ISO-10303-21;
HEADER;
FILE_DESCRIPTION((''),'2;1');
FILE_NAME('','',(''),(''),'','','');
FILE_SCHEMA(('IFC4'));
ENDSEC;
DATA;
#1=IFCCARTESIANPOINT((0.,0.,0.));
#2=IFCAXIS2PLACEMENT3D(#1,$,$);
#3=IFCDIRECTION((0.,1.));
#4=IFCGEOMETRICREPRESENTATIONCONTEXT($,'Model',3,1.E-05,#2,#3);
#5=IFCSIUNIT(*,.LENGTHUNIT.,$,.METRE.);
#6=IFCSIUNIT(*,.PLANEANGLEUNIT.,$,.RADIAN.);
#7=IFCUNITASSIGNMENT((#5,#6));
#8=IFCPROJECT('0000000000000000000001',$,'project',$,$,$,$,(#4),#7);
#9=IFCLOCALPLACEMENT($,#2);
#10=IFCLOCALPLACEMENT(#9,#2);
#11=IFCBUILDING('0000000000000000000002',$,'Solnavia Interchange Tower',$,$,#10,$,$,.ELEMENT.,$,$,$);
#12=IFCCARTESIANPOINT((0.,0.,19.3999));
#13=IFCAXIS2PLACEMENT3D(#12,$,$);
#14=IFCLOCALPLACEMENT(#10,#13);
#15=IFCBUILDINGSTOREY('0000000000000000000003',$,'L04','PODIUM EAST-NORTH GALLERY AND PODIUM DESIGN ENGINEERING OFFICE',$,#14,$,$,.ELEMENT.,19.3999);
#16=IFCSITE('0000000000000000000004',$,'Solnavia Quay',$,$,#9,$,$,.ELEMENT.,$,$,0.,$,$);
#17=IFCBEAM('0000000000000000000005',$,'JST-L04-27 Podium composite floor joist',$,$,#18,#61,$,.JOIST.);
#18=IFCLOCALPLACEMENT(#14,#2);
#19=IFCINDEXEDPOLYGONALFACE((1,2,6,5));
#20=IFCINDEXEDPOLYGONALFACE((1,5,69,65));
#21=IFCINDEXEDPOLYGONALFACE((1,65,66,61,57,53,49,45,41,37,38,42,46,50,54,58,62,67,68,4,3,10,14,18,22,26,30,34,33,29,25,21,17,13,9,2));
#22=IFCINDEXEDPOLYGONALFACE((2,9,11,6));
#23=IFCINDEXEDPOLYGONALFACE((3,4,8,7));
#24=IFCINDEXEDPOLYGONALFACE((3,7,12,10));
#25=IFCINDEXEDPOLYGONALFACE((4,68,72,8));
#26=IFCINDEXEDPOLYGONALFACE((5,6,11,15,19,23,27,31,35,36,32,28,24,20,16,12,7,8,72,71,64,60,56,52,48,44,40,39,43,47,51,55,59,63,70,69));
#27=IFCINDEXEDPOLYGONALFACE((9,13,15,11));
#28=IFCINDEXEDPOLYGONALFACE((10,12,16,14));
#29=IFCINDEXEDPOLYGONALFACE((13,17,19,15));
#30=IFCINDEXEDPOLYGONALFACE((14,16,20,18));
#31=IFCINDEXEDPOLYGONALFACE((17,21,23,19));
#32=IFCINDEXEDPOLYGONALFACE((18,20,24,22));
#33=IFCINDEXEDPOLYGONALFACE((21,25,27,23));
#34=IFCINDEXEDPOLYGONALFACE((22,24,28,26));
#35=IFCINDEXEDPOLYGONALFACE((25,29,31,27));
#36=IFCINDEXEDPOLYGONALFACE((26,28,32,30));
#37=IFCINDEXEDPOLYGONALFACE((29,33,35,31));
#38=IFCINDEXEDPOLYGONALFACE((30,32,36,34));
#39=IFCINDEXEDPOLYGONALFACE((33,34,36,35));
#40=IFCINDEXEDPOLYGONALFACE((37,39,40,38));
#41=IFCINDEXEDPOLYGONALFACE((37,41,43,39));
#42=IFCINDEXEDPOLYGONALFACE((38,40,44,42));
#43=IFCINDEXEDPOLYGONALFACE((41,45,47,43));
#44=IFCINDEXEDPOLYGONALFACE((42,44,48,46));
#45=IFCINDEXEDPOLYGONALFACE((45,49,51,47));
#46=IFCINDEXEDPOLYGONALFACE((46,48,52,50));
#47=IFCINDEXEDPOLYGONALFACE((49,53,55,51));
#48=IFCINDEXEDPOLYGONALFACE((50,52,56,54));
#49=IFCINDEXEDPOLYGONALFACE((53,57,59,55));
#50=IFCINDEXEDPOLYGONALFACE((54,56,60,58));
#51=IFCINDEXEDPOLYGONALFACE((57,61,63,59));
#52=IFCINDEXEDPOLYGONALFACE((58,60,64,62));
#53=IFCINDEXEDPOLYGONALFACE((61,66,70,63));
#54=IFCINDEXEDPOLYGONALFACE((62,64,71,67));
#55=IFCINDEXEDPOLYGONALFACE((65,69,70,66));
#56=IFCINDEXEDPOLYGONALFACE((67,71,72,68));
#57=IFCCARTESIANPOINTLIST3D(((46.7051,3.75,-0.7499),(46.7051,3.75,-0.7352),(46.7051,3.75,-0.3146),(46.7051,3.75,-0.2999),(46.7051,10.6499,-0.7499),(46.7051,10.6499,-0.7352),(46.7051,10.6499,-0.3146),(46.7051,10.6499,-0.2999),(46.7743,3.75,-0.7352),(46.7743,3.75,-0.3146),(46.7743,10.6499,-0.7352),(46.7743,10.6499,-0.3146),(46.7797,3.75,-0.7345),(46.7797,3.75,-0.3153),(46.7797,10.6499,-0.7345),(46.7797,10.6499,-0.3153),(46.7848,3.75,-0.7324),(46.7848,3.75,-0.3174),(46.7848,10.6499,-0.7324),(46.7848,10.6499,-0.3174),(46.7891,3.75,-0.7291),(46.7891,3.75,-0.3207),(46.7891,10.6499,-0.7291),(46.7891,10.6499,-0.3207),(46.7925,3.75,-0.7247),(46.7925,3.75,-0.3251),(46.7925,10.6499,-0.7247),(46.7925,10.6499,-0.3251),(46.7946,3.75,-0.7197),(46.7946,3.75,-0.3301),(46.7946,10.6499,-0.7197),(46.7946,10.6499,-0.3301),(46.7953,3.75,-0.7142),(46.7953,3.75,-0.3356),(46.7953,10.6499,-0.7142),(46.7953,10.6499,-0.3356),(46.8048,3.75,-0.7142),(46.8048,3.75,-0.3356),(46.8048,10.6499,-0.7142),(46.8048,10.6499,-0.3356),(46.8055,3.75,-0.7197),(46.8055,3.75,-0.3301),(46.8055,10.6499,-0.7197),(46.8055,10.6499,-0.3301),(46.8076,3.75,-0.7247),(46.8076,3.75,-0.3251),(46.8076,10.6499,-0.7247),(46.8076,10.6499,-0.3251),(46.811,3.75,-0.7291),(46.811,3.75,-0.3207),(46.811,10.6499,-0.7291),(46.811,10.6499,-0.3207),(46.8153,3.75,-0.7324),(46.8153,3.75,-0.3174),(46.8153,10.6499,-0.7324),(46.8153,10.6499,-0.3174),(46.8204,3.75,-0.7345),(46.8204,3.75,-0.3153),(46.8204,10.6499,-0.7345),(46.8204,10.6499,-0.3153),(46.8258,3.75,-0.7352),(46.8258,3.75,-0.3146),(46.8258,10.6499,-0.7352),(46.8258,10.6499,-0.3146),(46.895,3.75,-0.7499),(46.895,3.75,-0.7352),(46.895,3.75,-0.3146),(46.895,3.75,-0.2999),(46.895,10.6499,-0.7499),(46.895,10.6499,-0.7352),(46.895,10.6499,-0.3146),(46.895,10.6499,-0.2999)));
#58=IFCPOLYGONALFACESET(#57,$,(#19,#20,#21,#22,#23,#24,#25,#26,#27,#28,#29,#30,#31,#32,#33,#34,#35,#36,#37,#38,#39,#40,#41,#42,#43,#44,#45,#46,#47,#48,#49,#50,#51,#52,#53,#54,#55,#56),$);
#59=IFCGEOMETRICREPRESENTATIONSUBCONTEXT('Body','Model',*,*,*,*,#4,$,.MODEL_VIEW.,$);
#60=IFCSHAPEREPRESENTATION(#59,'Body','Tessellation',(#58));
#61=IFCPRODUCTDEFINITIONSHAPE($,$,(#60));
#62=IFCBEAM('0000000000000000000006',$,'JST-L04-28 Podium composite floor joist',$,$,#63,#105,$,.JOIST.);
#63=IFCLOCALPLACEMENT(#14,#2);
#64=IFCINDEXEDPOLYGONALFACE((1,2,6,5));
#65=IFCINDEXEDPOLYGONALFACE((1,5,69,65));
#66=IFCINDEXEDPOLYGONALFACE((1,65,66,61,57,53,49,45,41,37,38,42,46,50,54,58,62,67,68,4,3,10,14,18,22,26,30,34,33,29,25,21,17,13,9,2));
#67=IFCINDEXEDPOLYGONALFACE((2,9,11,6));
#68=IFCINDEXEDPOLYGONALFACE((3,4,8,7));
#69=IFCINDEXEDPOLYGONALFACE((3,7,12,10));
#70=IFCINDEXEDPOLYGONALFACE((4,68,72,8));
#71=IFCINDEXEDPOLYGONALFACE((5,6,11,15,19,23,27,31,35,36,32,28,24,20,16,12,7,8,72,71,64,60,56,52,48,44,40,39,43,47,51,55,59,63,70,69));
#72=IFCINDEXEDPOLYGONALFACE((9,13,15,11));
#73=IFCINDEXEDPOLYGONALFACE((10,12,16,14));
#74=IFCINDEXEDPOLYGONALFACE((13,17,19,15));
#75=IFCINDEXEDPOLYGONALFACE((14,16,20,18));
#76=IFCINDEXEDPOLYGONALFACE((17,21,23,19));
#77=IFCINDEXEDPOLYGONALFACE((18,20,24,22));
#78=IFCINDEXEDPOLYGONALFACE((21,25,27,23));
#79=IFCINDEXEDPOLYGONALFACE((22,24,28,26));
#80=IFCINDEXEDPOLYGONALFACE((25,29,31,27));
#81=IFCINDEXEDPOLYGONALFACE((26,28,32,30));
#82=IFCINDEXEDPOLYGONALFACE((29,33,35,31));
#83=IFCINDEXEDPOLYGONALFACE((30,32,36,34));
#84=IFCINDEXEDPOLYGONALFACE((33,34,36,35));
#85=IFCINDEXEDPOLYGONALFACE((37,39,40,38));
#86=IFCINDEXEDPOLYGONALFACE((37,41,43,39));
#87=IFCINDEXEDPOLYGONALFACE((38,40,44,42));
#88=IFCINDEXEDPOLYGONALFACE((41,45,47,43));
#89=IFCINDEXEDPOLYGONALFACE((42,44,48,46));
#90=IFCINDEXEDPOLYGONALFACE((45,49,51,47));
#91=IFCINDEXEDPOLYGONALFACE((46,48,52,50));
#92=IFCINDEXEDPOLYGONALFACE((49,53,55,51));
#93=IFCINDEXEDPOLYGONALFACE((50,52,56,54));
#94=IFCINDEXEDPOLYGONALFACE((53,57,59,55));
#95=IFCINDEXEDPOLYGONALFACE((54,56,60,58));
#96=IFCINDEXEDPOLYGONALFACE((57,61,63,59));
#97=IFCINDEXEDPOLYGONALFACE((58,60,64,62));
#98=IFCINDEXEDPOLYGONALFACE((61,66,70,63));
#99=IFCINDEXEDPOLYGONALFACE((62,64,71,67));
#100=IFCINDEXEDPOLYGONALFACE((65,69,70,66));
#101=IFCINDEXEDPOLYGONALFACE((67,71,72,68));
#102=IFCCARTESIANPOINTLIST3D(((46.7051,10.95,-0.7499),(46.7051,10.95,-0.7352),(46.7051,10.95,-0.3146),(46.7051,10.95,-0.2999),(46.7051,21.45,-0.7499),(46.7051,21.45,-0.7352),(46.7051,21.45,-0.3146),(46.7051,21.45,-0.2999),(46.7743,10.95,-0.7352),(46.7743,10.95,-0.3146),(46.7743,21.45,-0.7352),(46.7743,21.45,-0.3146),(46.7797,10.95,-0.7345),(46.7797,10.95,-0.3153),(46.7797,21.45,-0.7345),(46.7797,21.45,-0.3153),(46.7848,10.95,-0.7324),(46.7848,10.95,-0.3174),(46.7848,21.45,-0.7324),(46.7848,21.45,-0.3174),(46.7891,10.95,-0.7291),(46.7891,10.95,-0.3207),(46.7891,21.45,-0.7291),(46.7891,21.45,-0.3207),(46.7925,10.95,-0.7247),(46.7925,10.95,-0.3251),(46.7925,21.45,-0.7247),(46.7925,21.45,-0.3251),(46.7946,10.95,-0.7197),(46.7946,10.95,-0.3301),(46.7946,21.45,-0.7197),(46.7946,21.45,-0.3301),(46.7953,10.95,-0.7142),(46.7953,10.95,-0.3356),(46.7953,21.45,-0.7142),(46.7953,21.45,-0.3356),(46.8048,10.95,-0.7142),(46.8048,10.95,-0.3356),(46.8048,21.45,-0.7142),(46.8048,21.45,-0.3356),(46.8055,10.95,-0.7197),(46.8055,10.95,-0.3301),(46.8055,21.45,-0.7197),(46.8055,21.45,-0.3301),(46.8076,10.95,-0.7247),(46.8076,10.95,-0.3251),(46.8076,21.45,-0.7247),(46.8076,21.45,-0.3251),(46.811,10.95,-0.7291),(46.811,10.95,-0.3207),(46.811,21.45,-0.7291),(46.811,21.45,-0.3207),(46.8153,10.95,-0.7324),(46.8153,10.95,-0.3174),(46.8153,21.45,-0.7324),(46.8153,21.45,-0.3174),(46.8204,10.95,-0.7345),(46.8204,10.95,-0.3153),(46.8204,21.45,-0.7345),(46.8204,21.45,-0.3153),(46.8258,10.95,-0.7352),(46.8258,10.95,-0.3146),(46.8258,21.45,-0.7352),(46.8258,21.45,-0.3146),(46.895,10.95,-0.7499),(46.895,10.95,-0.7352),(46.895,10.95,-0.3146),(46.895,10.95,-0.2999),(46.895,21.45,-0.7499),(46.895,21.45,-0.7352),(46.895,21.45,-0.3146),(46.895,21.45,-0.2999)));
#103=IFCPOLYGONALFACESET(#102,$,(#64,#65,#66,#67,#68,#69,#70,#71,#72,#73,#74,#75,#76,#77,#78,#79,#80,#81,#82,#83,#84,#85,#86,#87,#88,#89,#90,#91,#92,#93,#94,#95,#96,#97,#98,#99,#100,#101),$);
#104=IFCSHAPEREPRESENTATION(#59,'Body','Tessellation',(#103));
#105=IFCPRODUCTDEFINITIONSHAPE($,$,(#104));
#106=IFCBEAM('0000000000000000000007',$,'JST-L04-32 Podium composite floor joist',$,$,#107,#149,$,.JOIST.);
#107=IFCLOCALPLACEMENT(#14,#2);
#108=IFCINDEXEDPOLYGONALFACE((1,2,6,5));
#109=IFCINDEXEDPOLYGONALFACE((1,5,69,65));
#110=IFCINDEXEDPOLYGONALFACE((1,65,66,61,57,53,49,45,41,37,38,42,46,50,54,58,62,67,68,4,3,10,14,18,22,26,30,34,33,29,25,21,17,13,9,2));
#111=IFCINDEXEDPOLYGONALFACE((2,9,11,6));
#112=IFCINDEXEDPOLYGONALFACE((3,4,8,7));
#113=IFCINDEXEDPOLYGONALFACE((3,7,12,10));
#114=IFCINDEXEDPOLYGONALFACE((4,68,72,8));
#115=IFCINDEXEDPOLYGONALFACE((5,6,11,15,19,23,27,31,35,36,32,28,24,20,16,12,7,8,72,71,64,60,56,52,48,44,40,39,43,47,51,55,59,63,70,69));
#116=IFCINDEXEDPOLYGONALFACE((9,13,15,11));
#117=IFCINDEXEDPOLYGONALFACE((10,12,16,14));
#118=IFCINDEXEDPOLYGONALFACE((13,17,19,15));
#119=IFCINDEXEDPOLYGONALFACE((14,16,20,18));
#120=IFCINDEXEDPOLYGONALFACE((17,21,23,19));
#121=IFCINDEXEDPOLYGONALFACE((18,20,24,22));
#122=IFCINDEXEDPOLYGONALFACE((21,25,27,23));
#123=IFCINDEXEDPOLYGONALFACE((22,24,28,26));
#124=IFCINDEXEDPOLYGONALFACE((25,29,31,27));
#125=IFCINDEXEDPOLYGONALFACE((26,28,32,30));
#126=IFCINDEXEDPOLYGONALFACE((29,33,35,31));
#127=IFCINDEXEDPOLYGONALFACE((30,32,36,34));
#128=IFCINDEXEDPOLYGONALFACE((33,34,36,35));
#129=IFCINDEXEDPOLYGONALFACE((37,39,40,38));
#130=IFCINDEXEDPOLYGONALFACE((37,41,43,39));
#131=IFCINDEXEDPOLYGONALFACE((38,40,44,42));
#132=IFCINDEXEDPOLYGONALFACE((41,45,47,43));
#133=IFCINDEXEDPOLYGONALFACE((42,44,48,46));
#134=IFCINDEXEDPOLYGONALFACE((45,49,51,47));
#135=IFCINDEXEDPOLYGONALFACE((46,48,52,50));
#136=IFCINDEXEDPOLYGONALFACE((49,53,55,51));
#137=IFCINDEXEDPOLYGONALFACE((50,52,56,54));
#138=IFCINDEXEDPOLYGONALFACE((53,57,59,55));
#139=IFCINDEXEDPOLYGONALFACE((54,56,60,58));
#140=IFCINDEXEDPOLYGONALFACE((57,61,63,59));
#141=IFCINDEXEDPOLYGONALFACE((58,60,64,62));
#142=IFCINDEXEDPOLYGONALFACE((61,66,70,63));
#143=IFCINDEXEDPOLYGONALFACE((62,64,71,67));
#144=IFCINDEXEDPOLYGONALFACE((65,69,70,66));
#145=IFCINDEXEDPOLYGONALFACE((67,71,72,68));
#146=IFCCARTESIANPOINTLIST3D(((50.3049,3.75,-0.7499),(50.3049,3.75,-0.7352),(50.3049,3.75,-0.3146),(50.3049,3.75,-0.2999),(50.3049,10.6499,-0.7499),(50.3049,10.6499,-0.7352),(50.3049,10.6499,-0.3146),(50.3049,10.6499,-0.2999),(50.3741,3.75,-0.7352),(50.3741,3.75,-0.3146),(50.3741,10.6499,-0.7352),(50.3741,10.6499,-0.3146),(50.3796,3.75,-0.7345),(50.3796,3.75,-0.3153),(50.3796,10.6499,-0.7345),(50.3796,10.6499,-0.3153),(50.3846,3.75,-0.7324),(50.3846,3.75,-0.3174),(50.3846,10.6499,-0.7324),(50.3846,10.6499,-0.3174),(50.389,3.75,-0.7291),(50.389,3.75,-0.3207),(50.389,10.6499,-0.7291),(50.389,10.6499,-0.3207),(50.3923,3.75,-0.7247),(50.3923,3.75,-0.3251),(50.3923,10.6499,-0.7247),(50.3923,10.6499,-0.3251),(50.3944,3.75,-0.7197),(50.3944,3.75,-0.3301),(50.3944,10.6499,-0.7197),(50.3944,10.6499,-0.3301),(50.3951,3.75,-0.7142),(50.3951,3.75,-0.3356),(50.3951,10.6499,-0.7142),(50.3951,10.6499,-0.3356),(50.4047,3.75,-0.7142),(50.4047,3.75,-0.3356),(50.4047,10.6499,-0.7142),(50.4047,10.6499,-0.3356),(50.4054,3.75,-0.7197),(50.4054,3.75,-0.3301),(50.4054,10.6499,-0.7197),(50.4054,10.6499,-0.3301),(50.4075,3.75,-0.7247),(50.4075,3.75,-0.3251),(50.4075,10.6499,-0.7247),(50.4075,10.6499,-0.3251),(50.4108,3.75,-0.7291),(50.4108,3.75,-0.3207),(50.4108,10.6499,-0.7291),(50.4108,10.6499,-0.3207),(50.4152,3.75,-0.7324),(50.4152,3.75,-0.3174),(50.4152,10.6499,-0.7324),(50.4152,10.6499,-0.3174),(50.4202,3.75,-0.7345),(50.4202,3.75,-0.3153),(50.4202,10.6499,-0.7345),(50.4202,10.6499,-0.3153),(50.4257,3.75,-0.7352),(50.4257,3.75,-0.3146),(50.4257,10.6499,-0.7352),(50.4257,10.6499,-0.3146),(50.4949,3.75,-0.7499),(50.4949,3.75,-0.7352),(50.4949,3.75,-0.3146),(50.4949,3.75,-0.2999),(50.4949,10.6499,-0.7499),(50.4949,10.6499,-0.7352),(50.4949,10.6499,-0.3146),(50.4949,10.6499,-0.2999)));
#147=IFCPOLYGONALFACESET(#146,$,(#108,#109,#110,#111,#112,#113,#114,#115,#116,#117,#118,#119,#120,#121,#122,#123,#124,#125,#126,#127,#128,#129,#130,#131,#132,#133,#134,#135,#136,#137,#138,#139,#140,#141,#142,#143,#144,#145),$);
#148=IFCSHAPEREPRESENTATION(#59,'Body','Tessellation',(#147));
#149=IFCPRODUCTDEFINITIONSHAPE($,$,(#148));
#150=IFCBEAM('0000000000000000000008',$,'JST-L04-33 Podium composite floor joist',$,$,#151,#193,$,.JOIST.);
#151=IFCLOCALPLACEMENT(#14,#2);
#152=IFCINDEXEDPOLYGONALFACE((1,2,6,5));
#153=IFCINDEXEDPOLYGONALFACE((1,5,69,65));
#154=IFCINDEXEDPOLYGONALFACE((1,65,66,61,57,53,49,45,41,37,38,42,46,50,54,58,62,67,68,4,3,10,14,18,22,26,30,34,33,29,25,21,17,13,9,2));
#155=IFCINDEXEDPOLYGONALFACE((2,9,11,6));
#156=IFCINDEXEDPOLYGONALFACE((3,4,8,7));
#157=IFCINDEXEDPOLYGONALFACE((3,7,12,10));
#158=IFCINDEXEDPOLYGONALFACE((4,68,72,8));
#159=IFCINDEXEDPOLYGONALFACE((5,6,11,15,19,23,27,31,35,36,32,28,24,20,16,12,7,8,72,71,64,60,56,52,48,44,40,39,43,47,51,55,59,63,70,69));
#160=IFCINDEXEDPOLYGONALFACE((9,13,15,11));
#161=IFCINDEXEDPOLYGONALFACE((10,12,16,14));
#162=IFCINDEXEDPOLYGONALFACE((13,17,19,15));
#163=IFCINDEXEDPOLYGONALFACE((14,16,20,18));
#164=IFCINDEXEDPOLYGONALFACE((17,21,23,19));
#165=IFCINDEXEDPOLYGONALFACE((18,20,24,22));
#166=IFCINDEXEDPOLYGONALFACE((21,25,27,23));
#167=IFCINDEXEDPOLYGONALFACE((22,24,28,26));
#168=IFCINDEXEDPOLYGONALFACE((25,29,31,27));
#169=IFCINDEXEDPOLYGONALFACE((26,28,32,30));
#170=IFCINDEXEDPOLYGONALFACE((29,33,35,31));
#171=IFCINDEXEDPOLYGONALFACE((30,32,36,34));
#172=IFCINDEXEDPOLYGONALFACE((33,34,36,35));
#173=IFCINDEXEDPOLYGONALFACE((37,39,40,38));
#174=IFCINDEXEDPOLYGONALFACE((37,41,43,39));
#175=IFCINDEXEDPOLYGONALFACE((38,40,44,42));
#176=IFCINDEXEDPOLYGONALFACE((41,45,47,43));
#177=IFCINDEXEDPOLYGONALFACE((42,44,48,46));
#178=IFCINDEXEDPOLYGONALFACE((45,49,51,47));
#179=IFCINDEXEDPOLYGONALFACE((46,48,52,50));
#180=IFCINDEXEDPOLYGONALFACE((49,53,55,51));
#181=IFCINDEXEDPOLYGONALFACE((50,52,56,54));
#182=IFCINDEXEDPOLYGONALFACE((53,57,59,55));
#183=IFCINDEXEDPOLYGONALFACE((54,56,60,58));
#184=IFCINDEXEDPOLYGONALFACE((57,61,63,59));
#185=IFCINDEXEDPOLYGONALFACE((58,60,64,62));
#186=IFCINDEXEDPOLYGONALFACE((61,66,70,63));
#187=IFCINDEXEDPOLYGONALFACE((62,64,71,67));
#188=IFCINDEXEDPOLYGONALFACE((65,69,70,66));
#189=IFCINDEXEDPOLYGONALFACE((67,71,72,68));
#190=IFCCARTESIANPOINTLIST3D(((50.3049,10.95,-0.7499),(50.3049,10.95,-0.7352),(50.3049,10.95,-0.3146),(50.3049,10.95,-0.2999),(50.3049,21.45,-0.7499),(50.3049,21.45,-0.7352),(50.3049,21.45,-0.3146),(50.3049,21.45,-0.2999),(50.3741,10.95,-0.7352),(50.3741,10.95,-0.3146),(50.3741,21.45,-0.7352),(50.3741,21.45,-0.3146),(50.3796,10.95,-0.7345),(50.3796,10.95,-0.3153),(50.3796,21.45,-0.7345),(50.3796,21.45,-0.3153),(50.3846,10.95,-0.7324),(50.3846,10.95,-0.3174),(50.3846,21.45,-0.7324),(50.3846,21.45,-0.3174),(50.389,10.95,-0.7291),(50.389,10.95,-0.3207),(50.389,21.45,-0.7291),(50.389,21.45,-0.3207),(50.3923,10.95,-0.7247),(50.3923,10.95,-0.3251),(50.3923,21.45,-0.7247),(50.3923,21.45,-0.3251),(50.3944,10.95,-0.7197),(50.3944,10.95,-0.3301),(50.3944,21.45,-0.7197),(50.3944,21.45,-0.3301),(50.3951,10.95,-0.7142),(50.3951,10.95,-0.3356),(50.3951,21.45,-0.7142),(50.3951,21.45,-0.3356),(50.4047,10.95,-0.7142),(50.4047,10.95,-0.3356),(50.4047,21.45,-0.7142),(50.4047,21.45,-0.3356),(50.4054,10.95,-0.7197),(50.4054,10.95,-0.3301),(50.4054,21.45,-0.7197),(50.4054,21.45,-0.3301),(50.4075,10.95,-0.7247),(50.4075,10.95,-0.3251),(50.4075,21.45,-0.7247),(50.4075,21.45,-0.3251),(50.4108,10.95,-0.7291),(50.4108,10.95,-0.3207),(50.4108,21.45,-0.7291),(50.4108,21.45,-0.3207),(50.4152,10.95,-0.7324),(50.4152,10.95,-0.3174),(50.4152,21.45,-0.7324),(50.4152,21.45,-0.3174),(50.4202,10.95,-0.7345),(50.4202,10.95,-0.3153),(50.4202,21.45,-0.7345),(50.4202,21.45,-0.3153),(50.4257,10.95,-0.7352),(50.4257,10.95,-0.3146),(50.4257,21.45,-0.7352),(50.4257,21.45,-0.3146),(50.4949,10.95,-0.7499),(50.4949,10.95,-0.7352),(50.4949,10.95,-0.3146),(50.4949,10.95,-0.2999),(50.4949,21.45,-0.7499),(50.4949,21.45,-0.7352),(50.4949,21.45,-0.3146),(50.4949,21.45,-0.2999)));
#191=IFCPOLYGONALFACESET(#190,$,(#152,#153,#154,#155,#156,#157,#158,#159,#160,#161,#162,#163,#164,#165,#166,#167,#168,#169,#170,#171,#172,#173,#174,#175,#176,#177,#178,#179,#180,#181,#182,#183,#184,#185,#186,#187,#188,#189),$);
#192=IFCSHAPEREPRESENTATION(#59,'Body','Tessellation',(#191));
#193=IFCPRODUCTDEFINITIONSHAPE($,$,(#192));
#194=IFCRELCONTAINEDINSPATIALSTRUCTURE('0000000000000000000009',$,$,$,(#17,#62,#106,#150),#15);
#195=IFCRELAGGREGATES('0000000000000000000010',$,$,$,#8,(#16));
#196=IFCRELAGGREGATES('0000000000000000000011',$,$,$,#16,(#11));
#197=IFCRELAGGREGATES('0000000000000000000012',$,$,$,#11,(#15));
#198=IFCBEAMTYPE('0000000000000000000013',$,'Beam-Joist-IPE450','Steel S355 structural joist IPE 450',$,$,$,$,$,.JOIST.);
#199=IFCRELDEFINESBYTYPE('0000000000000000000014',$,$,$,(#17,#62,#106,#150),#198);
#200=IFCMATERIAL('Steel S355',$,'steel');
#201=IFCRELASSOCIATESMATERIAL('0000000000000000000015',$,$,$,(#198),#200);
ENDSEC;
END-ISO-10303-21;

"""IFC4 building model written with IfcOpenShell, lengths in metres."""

from ifc_helpers import new_model, si_unit, direction, frame, origin, origin_2d, place, context, subcontext, project, spatial, i_section, extrude, material, material_profile, profile_set, type_object, element, save


model = new_model("IFC4")

# Units and contexts
model_context = context("Model", 3, precision=1e-05, world=origin(), true_north=direction((0.0, 1.0)))
body_context = subcontext(model_context, "Body", "Model", "MODEL_VIEW")
ifc_project = project(units=[si_unit("LENGTHUNIT", "METRE"), si_unit("PLANEANGLEUNIT", "RADIAN")], contexts=[model_context])

# Site, building, storey
site_placement = place(None, origin())
site = spatial("IfcSite", under=ifc_project, at=site_placement, Name="Solnavia Quay", CompositionType="ELEMENT", RefElevation=0.0)
building_placement = place(site_placement, origin())
building = spatial("IfcBuilding", under=site, at=building_placement, Name="Solnavia Interchange Tower", CompositionType="ELEMENT")
storey_placement = place(building_placement, frame((0.0, 0.0, 19.3999)))
storey = spatial("IfcBuildingStorey", under=building, at=storey_placement, Name="L04", Description="PODIUM EAST-NORTH GALLERY AND PODIUM DESIGN ENGINEERING OFFICE", CompositionType="ELEMENT", Elevation=19.3999)

# Beams
ifc_material_1 = material(Name="Steel S355", Category="steel")
ifc_material_profile_1 = material_profile(ifc_material_1, i_section(OverallWidth=0.1899, OverallDepth=0.45, WebThickness=0.0095, FlangeThickness=0.0146, FilletRadius=0.021, at=origin_2d()), Name="IPE 450")
ifc_profile_set_1 = profile_set([ifc_material_profile_1], Name="Steel S355")
beam_type_1 = type_object("IfcBeamType", Name="Beam-Joist-IPE450", Description="Steel S355 structural joist IPE 450", PredefinedType="JOIST", material=ifc_profile_set_1)
for number, where, z_axis, x_axis, name in (
    (1, (46.8, 3.75, -0.5249), (0.0, 1.0, 0.0), (-1.0, 0.0, 0.0), "JST-L04-27 Podium composite floor joist"),
):
    element("IfcBeam", number, at=place(storey_placement, frame(where, z_axis=z_axis, x_axis=x_axis)), inside=storey, type_object=beam_type_1, Name=name, PredefinedType="JOIST", context=body_context, shape_type="SweptSolid", body=[
        extrude(i_section(OverallWidth=0.1899, OverallDepth=0.45, WebThickness=0.0095, FlangeThickness=0.0146, FilletRadius=0.021, at=origin_2d()), origin(), (0.0, 0.0, 1.0), 6.8999),
    ])
beam_1_placement = place(storey_placement, frame((46.8, 10.95, -0.5249), z_axis=(0.0, 1.0, 0.0), x_axis=(-1.0, 0.0, 0.0)))
element("IfcBeam", 2, at=beam_1_placement, inside=storey, type_object=beam_type_1, Name="JST-L04-28 Podium composite floor joist", PredefinedType="JOIST", context=body_context, shape_type="SweptSolid", body=[
    extrude(i_section(OverallWidth=0.1899, OverallDepth=0.45, WebThickness=0.0095, FlangeThickness=0.0146, FilletRadius=0.021, at=origin_2d()), origin(), (0.0, 0.0, 1.0), 10.5),
])
beam_2_placement = place(storey_placement, frame((50.3999, 3.75, -0.5249), z_axis=(0.0, 1.0, 0.0), x_axis=(-1.0, 0.0, 0.0)))
element("IfcBeam", 3, at=beam_2_placement, inside=storey, type_object=beam_type_1, Name="JST-L04-32 Podium composite floor joist", PredefinedType="JOIST", context=body_context, shape_type="SweptSolid", body=[
    extrude(i_section(OverallWidth=0.1899, OverallDepth=0.45, WebThickness=0.0095, FlangeThickness=0.0146, FilletRadius=0.021, at=origin_2d()), origin(), (0.0, 0.0, 1.0), 6.8999),
])
beam_3_placement = place(storey_placement, frame((50.3999, 10.95, -0.5249), z_axis=(0.0, 1.0, 0.0), x_axis=(-1.0, 0.0, 0.0)))
element("IfcBeam", 4, at=beam_3_placement, inside=storey, type_object=beam_type_1, Name="JST-L04-33 Podium composite floor joist", PredefinedType="JOIST", context=body_context, shape_type="SweptSolid", body=[
    extrude(i_section(OverallWidth=0.1899, OverallDepth=0.45, WebThickness=0.0095, FlangeThickness=0.0146, FilletRadius=0.021, at=origin_2d()), origin(), (0.0, 0.0, 1.0), 10.5),
])

save(model, "model.ifc")
